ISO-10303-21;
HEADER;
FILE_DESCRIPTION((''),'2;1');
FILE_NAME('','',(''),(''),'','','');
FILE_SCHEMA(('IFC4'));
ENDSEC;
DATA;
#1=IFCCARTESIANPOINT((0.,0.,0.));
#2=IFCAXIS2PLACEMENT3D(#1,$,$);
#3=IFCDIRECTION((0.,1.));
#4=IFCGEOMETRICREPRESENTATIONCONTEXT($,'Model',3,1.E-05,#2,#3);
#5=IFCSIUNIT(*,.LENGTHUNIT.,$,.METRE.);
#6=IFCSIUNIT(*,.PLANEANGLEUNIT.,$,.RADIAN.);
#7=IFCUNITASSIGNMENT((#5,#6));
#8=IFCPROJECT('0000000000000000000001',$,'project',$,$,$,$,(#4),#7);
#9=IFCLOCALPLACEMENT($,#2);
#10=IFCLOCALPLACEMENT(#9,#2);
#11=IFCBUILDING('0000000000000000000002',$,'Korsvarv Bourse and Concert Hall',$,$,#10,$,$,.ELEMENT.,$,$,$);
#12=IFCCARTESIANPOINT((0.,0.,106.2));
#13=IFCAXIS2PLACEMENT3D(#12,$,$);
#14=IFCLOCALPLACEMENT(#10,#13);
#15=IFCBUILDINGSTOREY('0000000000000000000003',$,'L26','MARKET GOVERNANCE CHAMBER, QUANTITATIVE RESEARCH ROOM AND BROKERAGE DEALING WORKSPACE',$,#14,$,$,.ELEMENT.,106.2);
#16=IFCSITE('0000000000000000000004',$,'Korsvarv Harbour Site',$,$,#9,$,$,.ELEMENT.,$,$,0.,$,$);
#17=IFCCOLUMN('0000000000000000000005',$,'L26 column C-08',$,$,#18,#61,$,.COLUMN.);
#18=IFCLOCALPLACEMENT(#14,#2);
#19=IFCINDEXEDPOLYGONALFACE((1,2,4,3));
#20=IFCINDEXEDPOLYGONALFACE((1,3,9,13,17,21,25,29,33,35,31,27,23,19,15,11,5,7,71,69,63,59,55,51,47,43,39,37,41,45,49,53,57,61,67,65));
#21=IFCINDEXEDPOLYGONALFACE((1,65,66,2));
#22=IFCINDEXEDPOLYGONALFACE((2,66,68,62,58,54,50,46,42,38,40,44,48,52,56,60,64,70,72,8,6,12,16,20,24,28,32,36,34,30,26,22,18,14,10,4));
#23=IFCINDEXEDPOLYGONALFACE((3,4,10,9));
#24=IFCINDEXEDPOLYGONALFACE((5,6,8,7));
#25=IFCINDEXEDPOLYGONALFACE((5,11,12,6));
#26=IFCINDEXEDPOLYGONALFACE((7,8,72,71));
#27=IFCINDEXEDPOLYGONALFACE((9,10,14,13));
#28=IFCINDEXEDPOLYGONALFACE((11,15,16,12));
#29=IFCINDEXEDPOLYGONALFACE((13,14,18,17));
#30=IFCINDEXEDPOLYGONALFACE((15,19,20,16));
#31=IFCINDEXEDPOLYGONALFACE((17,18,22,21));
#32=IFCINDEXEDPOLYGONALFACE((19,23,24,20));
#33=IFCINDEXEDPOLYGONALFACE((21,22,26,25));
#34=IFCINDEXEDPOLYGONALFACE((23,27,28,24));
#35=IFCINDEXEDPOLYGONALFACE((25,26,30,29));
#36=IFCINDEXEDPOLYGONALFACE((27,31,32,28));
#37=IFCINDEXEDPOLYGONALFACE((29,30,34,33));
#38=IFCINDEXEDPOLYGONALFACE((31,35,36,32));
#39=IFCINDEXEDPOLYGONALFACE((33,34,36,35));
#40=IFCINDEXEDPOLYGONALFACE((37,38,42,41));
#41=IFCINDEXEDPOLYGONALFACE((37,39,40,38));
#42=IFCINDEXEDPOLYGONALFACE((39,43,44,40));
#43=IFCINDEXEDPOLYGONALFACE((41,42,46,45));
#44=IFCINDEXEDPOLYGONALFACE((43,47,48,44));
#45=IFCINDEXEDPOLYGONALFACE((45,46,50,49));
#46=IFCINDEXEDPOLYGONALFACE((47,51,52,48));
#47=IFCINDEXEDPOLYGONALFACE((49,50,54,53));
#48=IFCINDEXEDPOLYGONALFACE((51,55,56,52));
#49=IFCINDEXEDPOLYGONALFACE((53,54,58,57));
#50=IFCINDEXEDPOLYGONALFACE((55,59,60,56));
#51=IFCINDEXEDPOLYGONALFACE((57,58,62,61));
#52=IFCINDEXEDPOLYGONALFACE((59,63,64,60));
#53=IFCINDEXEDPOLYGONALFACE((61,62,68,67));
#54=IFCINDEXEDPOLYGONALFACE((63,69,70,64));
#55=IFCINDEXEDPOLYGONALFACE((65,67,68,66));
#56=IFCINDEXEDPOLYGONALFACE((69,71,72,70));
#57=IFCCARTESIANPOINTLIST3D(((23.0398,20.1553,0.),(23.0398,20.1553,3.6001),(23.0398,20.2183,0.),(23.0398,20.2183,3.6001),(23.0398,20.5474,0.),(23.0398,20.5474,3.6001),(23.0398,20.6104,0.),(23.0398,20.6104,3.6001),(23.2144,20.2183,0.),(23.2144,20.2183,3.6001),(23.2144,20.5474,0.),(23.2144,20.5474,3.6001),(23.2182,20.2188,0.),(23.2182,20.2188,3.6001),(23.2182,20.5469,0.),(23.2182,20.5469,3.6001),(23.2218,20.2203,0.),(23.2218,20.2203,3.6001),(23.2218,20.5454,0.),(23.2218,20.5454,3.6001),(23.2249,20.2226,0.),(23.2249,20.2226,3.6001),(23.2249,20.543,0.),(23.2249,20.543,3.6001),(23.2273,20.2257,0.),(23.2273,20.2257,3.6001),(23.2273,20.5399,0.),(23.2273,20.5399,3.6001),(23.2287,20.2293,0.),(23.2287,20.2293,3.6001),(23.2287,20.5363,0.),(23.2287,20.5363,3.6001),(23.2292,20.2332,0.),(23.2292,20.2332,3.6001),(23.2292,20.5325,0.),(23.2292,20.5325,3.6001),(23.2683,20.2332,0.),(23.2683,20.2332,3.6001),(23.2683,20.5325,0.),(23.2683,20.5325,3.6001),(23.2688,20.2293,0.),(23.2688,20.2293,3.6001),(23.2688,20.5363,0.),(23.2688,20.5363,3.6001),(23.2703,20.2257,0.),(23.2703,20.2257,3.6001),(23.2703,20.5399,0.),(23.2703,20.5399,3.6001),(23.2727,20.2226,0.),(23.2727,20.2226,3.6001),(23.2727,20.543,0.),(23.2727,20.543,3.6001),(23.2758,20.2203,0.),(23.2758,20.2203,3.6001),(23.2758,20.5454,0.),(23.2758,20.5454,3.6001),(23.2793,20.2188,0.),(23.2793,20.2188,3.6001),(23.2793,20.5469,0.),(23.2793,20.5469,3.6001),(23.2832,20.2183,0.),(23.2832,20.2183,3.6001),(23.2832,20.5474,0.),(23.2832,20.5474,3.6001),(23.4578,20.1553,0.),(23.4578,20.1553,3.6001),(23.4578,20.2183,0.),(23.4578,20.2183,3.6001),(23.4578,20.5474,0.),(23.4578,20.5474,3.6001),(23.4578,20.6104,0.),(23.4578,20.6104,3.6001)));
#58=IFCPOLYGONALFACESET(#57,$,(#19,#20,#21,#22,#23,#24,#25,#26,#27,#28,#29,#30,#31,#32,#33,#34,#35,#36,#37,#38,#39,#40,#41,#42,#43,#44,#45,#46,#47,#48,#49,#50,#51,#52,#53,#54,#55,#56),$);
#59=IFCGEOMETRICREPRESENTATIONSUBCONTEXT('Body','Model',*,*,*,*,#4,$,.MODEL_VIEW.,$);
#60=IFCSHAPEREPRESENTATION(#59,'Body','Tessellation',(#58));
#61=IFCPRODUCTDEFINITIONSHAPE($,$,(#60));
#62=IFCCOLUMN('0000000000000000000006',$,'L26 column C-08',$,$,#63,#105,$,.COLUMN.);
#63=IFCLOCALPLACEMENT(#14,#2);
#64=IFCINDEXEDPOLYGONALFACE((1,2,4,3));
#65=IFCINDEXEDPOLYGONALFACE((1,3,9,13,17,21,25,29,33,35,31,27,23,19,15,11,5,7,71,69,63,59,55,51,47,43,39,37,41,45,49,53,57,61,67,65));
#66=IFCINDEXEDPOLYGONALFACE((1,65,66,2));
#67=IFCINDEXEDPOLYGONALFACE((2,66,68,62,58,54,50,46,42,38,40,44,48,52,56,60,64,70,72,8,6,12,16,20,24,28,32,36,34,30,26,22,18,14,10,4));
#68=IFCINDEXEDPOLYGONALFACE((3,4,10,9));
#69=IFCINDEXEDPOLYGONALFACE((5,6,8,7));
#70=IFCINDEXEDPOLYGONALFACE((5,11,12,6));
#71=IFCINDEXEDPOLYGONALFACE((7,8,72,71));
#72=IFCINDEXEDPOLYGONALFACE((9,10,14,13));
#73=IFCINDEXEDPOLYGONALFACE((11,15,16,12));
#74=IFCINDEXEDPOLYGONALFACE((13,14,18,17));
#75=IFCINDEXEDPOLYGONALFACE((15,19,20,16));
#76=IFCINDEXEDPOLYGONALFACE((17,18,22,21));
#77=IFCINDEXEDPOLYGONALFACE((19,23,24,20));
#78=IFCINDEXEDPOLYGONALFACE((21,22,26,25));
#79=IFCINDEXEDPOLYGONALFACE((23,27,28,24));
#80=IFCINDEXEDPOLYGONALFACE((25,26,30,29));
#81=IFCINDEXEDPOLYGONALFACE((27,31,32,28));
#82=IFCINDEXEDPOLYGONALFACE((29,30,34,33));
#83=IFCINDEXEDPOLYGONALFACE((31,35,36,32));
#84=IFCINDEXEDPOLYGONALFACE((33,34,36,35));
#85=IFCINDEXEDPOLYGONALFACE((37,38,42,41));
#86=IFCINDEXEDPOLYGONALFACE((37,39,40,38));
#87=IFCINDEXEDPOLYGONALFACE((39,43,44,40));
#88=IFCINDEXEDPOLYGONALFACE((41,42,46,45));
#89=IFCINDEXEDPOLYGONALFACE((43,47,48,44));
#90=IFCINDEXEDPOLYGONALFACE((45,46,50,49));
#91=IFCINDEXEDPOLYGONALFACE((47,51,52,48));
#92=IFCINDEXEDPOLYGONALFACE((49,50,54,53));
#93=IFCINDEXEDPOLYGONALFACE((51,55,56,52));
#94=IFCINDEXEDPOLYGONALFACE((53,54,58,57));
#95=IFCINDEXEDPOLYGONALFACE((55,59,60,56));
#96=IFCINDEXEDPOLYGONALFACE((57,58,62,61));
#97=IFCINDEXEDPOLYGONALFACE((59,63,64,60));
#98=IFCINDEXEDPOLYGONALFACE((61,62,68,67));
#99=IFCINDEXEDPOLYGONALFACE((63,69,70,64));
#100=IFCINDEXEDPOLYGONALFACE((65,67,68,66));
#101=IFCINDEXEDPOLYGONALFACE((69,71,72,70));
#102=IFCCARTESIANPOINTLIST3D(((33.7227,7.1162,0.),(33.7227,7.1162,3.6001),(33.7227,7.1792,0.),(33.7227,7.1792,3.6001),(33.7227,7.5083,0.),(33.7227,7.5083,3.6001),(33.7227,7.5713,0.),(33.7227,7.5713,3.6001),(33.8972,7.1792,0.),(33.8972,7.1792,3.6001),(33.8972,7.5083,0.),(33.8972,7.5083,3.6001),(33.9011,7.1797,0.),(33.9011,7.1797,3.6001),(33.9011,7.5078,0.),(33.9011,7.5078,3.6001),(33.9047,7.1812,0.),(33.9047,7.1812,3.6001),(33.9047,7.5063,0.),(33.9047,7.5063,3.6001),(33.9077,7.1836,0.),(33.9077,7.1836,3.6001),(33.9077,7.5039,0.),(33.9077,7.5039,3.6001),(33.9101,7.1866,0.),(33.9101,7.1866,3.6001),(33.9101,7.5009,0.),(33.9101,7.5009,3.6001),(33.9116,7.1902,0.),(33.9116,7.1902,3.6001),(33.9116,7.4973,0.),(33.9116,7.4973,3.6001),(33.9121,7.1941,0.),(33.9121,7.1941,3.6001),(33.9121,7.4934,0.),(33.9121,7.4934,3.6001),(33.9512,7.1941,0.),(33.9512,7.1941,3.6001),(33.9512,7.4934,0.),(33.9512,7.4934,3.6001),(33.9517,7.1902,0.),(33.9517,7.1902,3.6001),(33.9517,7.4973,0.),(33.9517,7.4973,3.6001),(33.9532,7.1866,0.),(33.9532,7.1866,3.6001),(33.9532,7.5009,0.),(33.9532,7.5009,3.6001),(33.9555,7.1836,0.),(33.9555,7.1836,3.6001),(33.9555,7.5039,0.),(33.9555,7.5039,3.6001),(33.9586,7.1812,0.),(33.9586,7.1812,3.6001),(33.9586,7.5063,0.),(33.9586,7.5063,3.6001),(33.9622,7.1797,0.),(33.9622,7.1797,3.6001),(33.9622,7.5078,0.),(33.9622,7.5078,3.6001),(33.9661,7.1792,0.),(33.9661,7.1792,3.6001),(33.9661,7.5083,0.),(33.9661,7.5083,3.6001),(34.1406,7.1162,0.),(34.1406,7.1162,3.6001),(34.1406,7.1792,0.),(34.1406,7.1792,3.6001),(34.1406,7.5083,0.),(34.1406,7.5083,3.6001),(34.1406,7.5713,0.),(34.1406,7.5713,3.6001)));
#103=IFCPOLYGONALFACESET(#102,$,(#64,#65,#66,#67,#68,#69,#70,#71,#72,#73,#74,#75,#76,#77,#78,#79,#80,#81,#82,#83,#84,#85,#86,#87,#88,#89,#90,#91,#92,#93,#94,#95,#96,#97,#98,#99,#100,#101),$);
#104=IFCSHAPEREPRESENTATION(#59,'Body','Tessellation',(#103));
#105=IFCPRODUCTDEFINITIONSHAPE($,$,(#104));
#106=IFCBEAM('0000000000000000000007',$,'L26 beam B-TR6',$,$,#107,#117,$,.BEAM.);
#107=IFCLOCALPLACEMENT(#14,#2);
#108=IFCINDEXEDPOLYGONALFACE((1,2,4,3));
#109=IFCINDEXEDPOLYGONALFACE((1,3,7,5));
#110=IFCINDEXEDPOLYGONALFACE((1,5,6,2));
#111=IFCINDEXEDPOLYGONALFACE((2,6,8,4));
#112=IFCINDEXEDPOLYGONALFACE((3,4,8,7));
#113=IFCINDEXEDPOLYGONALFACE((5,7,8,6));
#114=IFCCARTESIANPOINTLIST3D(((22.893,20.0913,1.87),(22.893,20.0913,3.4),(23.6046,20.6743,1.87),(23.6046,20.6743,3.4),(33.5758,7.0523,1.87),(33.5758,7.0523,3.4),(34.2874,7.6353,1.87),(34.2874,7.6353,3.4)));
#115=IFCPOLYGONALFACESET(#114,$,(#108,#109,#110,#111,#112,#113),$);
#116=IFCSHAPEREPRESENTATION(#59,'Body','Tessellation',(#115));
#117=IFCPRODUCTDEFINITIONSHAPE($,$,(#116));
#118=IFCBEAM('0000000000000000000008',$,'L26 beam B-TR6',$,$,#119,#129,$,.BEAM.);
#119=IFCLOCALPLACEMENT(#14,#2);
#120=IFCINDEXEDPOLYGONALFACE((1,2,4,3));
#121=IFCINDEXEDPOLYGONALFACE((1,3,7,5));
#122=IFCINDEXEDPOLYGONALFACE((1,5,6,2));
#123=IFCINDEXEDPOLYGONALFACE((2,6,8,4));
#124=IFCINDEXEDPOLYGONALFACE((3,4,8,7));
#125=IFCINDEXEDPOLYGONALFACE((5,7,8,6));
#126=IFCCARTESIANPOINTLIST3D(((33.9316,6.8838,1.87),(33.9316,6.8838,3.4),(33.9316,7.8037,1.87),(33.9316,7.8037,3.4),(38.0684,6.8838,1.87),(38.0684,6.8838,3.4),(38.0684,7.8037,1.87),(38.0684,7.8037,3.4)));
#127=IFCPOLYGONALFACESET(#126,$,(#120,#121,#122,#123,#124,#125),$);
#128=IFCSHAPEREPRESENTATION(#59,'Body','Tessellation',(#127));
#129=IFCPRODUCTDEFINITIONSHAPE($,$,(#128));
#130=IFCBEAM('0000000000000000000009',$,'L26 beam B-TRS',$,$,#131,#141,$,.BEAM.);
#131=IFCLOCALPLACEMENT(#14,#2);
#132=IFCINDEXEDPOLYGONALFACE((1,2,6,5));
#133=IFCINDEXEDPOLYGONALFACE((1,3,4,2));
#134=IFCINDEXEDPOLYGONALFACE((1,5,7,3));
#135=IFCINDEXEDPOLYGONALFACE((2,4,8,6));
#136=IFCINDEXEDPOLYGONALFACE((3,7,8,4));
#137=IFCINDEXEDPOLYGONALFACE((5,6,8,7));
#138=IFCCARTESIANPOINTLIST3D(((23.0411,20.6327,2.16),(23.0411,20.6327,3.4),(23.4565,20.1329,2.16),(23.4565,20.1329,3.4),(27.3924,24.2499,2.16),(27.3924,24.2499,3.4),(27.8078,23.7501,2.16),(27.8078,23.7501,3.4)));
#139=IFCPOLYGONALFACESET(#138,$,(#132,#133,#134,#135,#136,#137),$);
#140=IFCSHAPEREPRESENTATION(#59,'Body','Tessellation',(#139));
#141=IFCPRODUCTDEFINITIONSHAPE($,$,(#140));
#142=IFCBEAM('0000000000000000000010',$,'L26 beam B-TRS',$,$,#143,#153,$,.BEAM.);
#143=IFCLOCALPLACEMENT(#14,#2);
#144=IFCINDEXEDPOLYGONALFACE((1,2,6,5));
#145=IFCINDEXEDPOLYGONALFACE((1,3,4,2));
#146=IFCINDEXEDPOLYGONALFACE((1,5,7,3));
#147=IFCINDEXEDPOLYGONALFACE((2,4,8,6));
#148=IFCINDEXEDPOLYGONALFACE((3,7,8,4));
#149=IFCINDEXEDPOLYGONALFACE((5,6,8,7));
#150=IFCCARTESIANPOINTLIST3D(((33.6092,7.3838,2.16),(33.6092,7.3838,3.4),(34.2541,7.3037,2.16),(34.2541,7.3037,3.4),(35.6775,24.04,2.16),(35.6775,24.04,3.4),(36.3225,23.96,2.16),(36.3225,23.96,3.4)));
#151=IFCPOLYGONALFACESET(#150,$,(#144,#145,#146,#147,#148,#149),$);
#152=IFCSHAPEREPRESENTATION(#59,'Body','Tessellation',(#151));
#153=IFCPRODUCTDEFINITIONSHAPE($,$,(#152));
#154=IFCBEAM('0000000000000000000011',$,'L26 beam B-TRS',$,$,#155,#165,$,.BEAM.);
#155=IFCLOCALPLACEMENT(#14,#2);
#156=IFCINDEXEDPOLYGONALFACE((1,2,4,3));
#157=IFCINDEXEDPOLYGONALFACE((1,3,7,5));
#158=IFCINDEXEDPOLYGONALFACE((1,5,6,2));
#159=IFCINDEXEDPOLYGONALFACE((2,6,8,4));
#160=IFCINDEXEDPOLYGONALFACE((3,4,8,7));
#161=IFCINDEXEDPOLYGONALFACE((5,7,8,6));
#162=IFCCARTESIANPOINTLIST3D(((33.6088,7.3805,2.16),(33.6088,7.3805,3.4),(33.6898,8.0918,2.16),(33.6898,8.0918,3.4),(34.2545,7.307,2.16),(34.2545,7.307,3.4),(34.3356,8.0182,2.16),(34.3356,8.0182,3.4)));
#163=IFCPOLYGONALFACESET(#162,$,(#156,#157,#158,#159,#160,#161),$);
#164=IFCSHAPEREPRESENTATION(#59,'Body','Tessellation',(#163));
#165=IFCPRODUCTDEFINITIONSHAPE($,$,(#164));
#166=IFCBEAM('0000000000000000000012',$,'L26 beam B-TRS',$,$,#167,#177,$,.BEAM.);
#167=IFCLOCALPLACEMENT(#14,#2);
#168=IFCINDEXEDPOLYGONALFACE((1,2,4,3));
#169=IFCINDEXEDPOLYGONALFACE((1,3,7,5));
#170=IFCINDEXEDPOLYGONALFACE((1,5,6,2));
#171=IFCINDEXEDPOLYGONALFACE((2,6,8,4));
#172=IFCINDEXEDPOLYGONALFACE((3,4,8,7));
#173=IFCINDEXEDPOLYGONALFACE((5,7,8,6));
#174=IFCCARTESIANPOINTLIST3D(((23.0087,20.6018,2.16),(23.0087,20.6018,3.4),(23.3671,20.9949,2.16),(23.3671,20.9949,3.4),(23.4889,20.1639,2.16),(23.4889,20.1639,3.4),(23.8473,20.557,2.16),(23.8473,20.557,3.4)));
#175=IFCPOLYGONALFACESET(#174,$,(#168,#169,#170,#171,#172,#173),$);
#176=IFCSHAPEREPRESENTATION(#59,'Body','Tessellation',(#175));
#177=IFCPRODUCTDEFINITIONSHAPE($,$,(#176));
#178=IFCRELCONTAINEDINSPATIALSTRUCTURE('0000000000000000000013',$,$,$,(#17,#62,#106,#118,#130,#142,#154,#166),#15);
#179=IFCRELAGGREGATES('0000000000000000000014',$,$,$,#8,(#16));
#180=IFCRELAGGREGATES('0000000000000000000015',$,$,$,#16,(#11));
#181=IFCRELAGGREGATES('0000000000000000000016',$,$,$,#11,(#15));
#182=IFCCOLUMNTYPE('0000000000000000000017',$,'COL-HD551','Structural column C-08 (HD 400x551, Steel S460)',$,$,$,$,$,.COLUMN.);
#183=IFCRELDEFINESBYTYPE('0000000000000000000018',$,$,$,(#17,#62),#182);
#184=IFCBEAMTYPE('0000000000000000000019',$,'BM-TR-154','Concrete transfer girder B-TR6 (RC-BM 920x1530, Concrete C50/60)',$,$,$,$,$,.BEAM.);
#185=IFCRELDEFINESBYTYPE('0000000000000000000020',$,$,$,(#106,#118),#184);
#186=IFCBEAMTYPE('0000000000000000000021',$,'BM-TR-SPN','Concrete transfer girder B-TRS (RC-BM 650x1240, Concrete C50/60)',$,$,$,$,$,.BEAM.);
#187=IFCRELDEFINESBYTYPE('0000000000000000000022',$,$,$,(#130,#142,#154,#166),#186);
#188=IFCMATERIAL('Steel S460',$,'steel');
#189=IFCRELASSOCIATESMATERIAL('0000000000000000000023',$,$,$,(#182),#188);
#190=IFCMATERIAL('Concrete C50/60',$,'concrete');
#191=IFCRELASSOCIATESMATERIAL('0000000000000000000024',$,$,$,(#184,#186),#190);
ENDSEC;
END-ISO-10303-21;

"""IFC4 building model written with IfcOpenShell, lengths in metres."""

from ifc_helpers import new_model, si_unit, direction, frame, origin, origin_2d, place, context, subcontext, project, spatial, rectangle, i_section, extrude, source, transform, mapped, material, material_profile, profile_set, type_object, element, save


model = new_model("IFC4")

# Units and contexts
model_context = context("Model", 3, precision=1e-05, world=origin(), true_north=direction((0.0, 1.0)))
body_context = subcontext(model_context, "Body", "Model", "MODEL_VIEW")
ifc_project = project(units=[si_unit("LENGTHUNIT", "METRE"), si_unit("PLANEANGLEUNIT", "RADIAN")], contexts=[model_context])

# Site, building, storey
site_placement = place(None, origin())
site = spatial("IfcSite", under=ifc_project, at=site_placement, Name="Korsvarv Harbour Site", CompositionType="ELEMENT", RefElevation=0.0)
building_placement = place(site_placement, origin())
building = spatial("IfcBuilding", under=site, at=building_placement, Name="Korsvarv Bourse and Concert Hall", CompositionType="ELEMENT")
storey_placement = place(building_placement, frame((0.0, 0.0, 106.2)))
storey = spatial("IfcBuildingStorey", under=building, at=storey_placement, Name="L26", Description="MARKET GOVERNANCE CHAMBER, QUANTITATIVE RESEARCH ROOM AND BROKERAGE DEALING WORKSPACE", CompositionType="ELEMENT", Elevation=106.2)

# Columns
ifc_material_1 = material(Name="Steel S460", Category="steel")
ifc_material_profile_1 = material_profile(ifc_material_1, i_section(OverallWidth=0.418, OverallDepth=0.4551, WebThickness=0.0391, FlangeThickness=0.063, FilletRadius=0.0149, at=origin_2d()), Name="HD 400x551")
ifc_profile_set_1 = profile_set([ifc_material_profile_1], Name="Steel S460")
column_type = type_object("IfcColumnType", Name="COL-HD551", Description="Structural column C-08 (HD 400x551, Steel S460)", PredefinedType="COLUMN", material=ifc_profile_set_1)
shared_shape_1 = source(origin(), body_context, "Body", "SweptSolid", [
    extrude(i_section(OverallWidth=0.418, OverallDepth=0.4551, WebThickness=0.0391, FlangeThickness=0.063, FilletRadius=0.0149, at=origin_2d()), origin(), (0.0, 0.0, 1.0), 3.6001),
])
for number, where, z_axis, x_axis, name in (
    (1, (23.2488, 20.3828, 0.0), (0.0, 0.0, 1.0), (1.0, 0.0, 0.0), "L26 column C-08"),
    (2, (33.9316, 7.3438, 0.0), (0.0, 0.0, 1.0), (1.0, 0.0, 0.0), "L26 column C-08"),
):
    element("IfcColumn", number, at=place(storey_placement, frame(where, z_axis=z_axis, x_axis=x_axis)), inside=storey, type_object=column_type, Name=name, PredefinedType="COLUMN", context=body_context, shape_type="MappedRepresentation", body=[
        mapped(shared_shape_1, transform((0.0, 0.0, 0.0), scale=1.0)),
    ])

# Beams
ifc_material_2 = material(Name="Concrete C50/60", Category="concrete")
ifc_material_profile_2 = material_profile(ifc_material_2, rectangle(XDim=0.9199, YDim=1.53, at=origin_2d()), Name="RC-BM 920x1530")
ifc_profile_set_2 = profile_set([ifc_material_profile_2], Name="Concrete C50/60")
beam_type_1 = type_object("IfcBeamType", Name="BM-TR-154", Description="Concrete transfer girder B-TR6 (RC-BM 920x1530, Concrete C50/60)", PredefinedType="BEAM", material=ifc_profile_set_2)
shared_shape_2 = source(origin(), body_context, "Body", "SweptSolid", [
    extrude(rectangle(XDim=0.9199, YDim=1.53, at=origin_2d()), origin(), (0.0, 0.0, 1.0), 16.8564),
])
beam_1_placement = place(storey_placement, frame((23.2488, 20.3828, 2.635), z_axis=(0.633754, -0.773534, 0.0), x_axis=(0.773534, 0.633754, 0.0)))
element("IfcBeam", 3, at=beam_1_placement, inside=storey, type_object=beam_type_1, Name="L26 beam B-TR6", PredefinedType="BEAM", context=body_context, shape_type="MappedRepresentation", body=[
    mapped(shared_shape_2, transform((0.0, 0.0, 0.0), scale=1.0)),
])
shared_shape_3 = source(origin(), body_context, "Body", "SweptSolid", [
    extrude(rectangle(XDim=0.9199, YDim=1.53, at=origin_2d()), origin(), (0.0, 0.0, 1.0), 4.1367),
])
beam_2_placement = place(storey_placement, frame((33.9316, 7.3438, 2.635), z_axis=(1.0, 0.0, 0.0), x_axis=(0.0, 1.0, 0.0)))
element("IfcBeam", 4, at=beam_2_placement, inside=storey, type_object=beam_type_1, Name="L26 beam B-TR6", PredefinedType="BEAM", context=body_context, shape_type="MappedRepresentation", body=[
    mapped(shared_shape_3, transform((0.0, 0.0, 0.0), scale=1.0)),
])
ifc_material_profile_3 = material_profile(ifc_material_2, rectangle(XDim=0.6499, YDim=1.24, at=origin_2d()), Name="RC-BM 650x1240")
ifc_profile_set_3 = profile_set([ifc_material_profile_3], Name="Concrete C50/60")
beam_type_2 = type_object("IfcBeamType", Name="BM-TR-SPN", Description="Concrete transfer girder B-TRS (RC-BM 650x1240, Concrete C50/60)", PredefinedType="BEAM", material=ifc_profile_set_3)
shared_shape_4 = source(origin(), body_context, "Body", "SweptSolid", [
    extrude(rectangle(XDim=0.6499, YDim=1.24, at=origin_2d()), origin(), (0.0, 0.0, 1.0), 5.6584),
])
beam_3_placement = place(storey_placement, frame((23.2488, 20.3828, 2.78), z_axis=(0.768995, 0.639255, 0.0), x_axis=(-0.639255, 0.768995, 0.0)))
element("IfcBeam", 5, at=beam_3_placement, inside=storey, type_object=beam_type_2, Name="L26 beam B-TRS", PredefinedType="BEAM", context=body_context, shape_type="MappedRepresentation", body=[
    mapped(shared_shape_4, transform((0.0, 0.0, 0.0), scale=1.0)),
])
shared_shape_5 = source(origin(), body_context, "Body", "SweptSolid", [
    extrude(rectangle(XDim=0.6499, YDim=1.24, at=origin_2d()), origin(), (0.0, 0.0, 1.0), 16.7842),
])
beam_4_placement = place(storey_placement, frame((33.9316, 7.3438, 2.78), z_axis=(0.123233, 0.992378, 0.0), x_axis=(-0.992378, 0.123233, 0.0)))
element("IfcBeam", 6, at=beam_4_placement, inside=storey, type_object=beam_type_2, Name="L26 beam B-TRS", PredefinedType="BEAM", context=body_context, shape_type="MappedRepresentation", body=[
    mapped(shared_shape_5, transform((0.0, 0.0, 0.0), scale=1.0)),
])
shared_shape_6 = source(origin(), body_context, "Body", "SweptSolid", [
    extrude(rectangle(XDim=0.6499, YDim=1.24, at=origin_2d()), origin(), (0.0, 0.0, 1.0), 0.7158),
])
beam_5_placement = place(storey_placement, frame((33.9316, 7.3438, 2.78), z_axis=(0.113239, 0.993568, 0.0), x_axis=(-0.993568, 0.113239, 0.0)))
element("IfcBeam", 7, at=beam_5_placement, inside=storey, type_object=beam_type_2, Name="L26 beam B-TRS", PredefinedType="BEAM", context=body_context, shape_type="MappedRepresentation", body=[
    mapped(shared_shape_6, transform((0.0, 0.0, 0.0), scale=1.0)),
])
shared_shape_7 = source(origin(), body_context, "Body", "SweptSolid", [
    extrude(rectangle(XDim=0.6499, YDim=1.24, at=origin_2d()), origin(), (0.0, 0.0, 1.0), 0.532),
])
beam_6_placement = place(storey_placement, frame((23.2488, 20.3828, 2.78), z_axis=(0.673769, 0.738942, 0.0), x_axis=(-0.738942, 0.673769, 0.0)))
element("IfcBeam", 8, at=beam_6_placement, inside=storey, type_object=beam_type_2, Name="L26 beam B-TRS", PredefinedType="BEAM", context=body_context, shape_type="MappedRepresentation", body=[
    mapped(shared_shape_7, transform((0.0, 0.0, 0.0), scale=1.0)),
])

save(model, "model.ifc")
